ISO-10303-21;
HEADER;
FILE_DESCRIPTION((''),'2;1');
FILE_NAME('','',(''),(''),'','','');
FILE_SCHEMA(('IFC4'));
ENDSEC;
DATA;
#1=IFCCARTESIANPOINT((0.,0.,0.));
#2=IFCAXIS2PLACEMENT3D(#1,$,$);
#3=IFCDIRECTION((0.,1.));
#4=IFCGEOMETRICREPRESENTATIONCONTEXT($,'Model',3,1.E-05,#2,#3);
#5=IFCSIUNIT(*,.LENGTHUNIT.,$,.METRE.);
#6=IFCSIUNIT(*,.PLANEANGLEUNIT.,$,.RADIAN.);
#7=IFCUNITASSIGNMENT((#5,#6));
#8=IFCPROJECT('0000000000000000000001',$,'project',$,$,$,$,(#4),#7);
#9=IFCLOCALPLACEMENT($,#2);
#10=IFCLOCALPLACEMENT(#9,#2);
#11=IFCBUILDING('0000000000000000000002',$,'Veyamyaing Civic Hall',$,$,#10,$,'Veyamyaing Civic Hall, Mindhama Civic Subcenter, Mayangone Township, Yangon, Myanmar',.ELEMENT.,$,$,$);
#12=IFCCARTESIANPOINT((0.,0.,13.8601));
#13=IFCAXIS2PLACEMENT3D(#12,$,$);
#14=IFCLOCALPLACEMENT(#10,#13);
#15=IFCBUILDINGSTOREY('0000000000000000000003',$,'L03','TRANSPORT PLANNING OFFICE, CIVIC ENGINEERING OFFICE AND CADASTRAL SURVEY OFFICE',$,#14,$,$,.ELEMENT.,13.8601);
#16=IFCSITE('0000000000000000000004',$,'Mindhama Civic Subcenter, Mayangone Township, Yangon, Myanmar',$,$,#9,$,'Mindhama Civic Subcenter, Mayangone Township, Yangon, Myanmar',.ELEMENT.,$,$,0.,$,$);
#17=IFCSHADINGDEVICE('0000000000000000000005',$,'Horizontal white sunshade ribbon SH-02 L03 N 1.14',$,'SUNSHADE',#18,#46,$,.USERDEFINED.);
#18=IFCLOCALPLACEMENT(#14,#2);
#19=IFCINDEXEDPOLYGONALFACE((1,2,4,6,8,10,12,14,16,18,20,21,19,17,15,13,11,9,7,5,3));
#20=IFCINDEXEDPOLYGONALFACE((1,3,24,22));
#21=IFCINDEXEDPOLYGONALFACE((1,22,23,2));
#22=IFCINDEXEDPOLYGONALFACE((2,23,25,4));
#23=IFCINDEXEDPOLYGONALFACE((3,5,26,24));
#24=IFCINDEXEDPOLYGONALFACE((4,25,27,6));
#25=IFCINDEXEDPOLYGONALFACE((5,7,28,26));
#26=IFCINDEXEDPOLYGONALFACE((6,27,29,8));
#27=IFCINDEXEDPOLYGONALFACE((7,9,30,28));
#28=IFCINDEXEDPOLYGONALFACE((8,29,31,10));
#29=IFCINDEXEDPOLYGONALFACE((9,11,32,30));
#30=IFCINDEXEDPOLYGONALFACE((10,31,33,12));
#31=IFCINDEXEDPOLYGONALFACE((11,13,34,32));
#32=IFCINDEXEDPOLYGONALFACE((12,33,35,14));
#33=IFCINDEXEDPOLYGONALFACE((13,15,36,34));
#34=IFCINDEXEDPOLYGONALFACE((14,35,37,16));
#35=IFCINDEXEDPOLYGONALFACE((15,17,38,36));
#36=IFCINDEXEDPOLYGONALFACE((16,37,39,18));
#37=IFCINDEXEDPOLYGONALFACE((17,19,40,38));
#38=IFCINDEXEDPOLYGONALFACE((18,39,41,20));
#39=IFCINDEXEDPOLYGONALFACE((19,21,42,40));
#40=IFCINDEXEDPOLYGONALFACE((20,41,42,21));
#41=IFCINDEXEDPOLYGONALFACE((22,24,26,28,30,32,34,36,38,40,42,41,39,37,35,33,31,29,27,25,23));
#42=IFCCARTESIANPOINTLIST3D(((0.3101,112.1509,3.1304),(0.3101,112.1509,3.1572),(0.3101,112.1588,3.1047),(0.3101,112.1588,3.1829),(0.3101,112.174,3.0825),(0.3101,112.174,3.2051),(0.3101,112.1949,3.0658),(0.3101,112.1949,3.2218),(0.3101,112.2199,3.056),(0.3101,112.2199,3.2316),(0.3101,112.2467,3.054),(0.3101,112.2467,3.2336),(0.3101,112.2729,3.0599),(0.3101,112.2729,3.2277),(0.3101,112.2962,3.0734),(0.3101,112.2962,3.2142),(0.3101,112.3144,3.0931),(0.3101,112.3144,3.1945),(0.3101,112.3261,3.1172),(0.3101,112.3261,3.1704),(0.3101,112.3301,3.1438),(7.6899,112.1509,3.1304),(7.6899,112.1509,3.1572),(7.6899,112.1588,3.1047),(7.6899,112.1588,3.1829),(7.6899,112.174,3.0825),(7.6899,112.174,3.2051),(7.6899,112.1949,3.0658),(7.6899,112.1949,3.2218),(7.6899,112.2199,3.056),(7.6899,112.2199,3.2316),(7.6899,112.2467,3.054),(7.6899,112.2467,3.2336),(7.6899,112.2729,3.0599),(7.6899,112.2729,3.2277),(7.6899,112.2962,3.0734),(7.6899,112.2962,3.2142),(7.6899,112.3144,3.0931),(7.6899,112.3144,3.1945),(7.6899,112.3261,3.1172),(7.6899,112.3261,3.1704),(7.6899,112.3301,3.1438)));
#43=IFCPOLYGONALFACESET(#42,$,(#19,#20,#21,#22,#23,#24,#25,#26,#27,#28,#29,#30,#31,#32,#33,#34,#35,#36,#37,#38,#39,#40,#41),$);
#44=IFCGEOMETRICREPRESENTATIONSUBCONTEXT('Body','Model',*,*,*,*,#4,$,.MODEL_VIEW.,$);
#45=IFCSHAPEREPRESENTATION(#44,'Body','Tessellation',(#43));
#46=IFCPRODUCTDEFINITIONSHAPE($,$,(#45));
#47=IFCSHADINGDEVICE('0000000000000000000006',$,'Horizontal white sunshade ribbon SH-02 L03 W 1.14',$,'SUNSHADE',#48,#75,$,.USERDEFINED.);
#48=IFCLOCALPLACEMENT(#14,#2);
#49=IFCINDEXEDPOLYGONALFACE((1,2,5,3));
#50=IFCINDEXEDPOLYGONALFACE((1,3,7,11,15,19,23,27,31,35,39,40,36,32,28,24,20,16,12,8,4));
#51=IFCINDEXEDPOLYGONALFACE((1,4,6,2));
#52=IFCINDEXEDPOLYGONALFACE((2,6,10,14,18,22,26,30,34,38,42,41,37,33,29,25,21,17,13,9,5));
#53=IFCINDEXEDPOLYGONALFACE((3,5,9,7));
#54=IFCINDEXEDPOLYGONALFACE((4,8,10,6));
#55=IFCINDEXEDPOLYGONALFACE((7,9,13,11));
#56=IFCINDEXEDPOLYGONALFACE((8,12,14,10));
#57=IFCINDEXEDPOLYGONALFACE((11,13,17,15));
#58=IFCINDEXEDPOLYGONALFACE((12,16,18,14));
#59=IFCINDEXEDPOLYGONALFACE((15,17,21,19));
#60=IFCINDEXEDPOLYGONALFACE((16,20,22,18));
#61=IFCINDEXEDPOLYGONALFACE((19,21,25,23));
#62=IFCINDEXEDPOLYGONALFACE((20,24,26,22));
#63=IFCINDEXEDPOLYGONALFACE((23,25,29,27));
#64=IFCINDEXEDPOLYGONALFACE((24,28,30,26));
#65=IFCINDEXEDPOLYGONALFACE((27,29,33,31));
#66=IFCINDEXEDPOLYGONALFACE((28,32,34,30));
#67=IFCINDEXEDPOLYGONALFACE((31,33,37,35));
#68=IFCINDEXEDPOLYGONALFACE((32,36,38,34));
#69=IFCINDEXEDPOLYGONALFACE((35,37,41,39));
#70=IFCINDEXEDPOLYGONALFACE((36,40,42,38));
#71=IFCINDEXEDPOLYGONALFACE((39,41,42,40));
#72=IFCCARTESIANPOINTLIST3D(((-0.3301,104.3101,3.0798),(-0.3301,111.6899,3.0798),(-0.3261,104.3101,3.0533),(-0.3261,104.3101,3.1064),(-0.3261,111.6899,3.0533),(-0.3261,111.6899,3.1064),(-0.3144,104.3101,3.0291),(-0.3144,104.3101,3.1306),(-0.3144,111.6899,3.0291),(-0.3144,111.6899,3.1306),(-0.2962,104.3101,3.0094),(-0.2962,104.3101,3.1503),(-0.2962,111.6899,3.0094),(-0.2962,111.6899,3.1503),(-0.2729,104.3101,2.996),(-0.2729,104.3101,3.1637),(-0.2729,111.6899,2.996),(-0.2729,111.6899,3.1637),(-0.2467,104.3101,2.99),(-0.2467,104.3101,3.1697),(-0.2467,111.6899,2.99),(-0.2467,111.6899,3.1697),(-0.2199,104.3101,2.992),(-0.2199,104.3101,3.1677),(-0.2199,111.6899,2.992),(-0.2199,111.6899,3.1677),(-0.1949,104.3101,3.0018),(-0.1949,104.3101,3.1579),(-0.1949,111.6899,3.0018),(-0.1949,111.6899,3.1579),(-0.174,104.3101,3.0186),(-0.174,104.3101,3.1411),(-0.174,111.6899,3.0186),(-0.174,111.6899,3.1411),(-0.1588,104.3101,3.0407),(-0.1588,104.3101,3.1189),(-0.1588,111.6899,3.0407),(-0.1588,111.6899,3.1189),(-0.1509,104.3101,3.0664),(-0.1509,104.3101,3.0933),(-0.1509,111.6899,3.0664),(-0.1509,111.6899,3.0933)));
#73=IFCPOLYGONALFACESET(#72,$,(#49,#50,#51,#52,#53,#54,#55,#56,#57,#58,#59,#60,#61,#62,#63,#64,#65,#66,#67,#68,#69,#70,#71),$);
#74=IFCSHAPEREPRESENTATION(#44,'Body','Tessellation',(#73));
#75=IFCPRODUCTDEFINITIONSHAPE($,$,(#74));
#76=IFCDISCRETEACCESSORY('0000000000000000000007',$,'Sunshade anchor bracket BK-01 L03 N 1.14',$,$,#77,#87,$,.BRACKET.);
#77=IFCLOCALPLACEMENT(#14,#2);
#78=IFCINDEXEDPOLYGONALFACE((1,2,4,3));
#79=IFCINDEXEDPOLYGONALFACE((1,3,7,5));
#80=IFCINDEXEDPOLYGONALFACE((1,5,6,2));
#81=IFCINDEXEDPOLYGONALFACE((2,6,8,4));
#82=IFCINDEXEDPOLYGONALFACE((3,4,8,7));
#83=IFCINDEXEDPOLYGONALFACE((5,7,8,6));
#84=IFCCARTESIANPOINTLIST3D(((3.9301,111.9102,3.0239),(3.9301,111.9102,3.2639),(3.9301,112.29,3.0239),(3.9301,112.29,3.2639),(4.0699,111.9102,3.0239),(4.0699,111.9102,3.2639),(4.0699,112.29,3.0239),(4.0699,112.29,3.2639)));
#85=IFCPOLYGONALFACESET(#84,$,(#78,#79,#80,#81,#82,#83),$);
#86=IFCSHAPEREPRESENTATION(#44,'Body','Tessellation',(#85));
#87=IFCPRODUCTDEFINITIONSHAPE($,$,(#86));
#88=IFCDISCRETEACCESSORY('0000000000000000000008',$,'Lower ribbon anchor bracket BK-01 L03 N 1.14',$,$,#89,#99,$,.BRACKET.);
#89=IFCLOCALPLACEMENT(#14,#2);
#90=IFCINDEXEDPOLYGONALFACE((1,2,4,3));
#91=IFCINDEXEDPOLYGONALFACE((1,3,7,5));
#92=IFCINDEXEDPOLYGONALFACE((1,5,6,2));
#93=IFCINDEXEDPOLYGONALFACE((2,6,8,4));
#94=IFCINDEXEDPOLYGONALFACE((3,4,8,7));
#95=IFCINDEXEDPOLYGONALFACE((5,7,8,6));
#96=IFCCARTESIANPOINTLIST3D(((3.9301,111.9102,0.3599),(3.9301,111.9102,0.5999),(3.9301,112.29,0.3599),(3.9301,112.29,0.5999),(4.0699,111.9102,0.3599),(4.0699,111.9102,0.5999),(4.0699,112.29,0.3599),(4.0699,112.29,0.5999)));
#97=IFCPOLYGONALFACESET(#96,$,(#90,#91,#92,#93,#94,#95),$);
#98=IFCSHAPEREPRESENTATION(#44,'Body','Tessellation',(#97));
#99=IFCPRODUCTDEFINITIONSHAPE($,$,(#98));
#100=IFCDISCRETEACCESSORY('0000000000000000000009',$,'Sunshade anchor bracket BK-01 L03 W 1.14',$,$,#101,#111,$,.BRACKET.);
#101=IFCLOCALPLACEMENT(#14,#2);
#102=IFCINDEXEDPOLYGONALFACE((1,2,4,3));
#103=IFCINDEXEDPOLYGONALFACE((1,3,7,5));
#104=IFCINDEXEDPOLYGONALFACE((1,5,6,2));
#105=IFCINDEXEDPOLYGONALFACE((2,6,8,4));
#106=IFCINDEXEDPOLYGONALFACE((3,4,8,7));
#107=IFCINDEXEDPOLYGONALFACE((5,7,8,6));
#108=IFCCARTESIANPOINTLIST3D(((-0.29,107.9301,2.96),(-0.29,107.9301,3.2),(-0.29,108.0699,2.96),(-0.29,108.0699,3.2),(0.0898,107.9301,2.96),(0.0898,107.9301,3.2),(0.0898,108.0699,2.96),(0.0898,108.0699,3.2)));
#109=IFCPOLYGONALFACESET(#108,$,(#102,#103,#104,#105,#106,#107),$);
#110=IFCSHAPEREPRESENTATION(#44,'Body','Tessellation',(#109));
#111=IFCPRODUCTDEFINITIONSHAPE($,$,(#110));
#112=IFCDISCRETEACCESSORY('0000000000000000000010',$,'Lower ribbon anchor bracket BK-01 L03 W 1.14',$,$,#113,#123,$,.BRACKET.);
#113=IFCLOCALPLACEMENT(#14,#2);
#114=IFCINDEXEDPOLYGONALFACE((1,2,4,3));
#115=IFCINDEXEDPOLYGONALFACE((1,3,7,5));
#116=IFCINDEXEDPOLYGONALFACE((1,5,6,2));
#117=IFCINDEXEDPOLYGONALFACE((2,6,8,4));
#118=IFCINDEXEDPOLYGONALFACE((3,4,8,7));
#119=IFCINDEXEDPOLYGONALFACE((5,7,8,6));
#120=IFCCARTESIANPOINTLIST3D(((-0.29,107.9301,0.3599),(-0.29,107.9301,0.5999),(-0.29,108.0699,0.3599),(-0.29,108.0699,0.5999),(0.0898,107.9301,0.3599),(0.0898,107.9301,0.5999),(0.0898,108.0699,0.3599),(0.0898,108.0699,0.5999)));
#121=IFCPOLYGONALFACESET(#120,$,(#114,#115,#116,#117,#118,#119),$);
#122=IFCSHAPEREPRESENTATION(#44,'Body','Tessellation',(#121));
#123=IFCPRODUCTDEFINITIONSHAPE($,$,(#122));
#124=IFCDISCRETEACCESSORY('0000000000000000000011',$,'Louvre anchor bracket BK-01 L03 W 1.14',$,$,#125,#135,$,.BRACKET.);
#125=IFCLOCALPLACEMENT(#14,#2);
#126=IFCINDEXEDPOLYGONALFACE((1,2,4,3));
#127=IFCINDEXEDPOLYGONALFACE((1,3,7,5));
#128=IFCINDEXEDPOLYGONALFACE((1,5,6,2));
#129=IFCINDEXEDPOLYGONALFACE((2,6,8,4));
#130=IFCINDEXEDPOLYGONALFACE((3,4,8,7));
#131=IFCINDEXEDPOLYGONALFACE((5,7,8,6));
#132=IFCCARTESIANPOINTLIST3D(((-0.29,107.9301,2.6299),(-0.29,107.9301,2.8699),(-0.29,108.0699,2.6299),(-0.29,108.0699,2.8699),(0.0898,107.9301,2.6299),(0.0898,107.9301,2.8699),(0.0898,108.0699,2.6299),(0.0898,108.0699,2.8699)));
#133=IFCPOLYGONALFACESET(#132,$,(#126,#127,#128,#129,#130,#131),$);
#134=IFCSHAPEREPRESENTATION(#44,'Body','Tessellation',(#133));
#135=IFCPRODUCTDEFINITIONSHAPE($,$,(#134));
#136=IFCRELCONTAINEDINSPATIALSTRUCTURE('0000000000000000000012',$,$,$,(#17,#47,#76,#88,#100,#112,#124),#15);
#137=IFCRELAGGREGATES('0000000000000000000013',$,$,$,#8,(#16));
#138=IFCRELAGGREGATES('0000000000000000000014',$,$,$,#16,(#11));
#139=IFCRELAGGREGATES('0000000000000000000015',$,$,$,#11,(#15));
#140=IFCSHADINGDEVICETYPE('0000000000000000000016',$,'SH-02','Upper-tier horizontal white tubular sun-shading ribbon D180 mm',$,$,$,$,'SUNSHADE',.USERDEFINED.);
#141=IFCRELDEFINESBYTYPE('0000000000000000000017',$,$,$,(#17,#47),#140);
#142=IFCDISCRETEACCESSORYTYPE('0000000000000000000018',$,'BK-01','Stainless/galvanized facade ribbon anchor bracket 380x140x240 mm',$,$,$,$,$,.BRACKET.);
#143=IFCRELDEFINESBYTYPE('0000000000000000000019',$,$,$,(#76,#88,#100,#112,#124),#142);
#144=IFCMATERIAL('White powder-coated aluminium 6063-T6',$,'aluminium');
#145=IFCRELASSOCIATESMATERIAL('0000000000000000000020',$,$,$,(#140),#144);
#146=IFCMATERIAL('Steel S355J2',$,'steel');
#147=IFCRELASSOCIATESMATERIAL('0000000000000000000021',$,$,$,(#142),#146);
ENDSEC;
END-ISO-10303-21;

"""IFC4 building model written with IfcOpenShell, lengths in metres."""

from ifc_helpers import new_model, si_unit, direction, frame, origin, origin_2d, place, context, subcontext, project, spatial, rectangle, circle, extrude, material, material_profile, profile_set, type_object, element, save


model = new_model("IFC4")

# Units and contexts
model_context = context("Model", 3, precision=1e-05, world=origin(), true_north=direction((0.0, 1.0)))
body_context = subcontext(model_context, "Body", "Model", "MODEL_VIEW")
ifc_project = project(units=[si_unit("LENGTHUNIT", "METRE"), si_unit("PLANEANGLEUNIT", "RADIAN")], contexts=[model_context])

# Site, building, storey
site_placement = place(None, origin())
site = spatial("IfcSite", under=ifc_project, at=site_placement, Name="Mindhama Civic Subcenter, Mayangone Township, Yangon, Myanmar", LongName="Mindhama Civic Subcenter, Mayangone Township, Yangon, Myanmar", CompositionType="ELEMENT", RefElevation=0.0)
building_placement = place(site_placement, origin())
building = spatial("IfcBuilding", under=site, at=building_placement, Name="Veyamyaing Civic Hall", LongName="Veyamyaing Civic Hall, Mindhama Civic Subcenter, Mayangone Township, Yangon, Myanmar", CompositionType="ELEMENT")
storey_placement = place(building_placement, frame((0.0, 0.0, 13.8601)))
storey = spatial("IfcBuildingStorey", under=building, at=storey_placement, Name="L03", Description="TRANSPORT PLANNING OFFICE, CIVIC ENGINEERING OFFICE AND CADASTRAL SURVEY OFFICE", CompositionType="ELEMENT", Elevation=13.8601)

# Shared definitions
ifc_material_1 = material(Name="White powder-coated aluminium 6063-T6", Category="aluminium")

# Shading devices
ifc_material_profile_1 = material_profile(ifc_material_1, circle(Radius=0.0901, at=origin_2d()), Name="SHADE-TUBE-180")
ifc_profile_set_1 = profile_set([ifc_material_profile_1], Name="White powder-coated aluminium 6063-T6")
shading_device_type_1 = type_object("IfcShadingDeviceType", Name="SH-02", Description="Upper-tier horizontal white tubular sun-shading ribbon D180 mm", ElementType="SUNSHADE", PredefinedType="USERDEFINED", material=ifc_profile_set_1)
for number, where, z_axis, x_axis, name in (
    (1, (0.3101, 112.24, 3.1438), (1.0, 0.0, 0.0), (0.0, 1.0, 0.0), "Horizontal white sunshade ribbon SH-02 L03 N 1.14"),
    (2, (-0.24, 104.3101, 3.0798), (0.0, 1.0, 0.0), (-1.0, 0.0, 0.0), "Horizontal white sunshade ribbon SH-02 L03 W 1.14"),
):
    element("IfcShadingDevice", number, at=place(storey_placement, frame(where, z_axis=z_axis, x_axis=x_axis)), inside=storey, type_object=shading_device_type_1, Name=name, ObjectType="SUNSHADE", PredefinedType="USERDEFINED", context=body_context, shape_type="SweptSolid", body=[
        extrude(circle(Radius=0.0901, at=origin_2d()), origin(), (0.0, 0.0, 1.0), 7.3799),
    ])

# Discrete accessories
ifc_material_2 = material(Name="Steel S355J2", Category="steel")
discrete_accessory_type = type_object("IfcDiscreteAccessoryType", Name="BK-01", Description="Stainless/galvanized facade ribbon anchor bracket 380x140x240 mm", PredefinedType="BRACKET", material=ifc_material_2)
for number, where, z_axis, x_axis, name in (
    (3, (4.0, 112.1001, 3.0239), (0.0, 0.0, 1.0), (0.0, 1.0, 0.0), "Sunshade anchor bracket BK-01 L03 N 1.14"),
    (4, (4.0, 112.1001, 0.3599), (0.0, 0.0, 1.0), (0.0, 1.0, 0.0), "Lower ribbon anchor bracket BK-01 L03 N 1.14"),
    (5, (-0.1001, 108.0, 2.96), (0.0, 0.0, 1.0), (-1.0, 0.0, 0.0), "Sunshade anchor bracket BK-01 L03 W 1.14"),
    (6, (-0.1001, 108.0, 0.3599), (0.0, 0.0, 1.0), (-1.0, 0.0, 0.0), "Lower ribbon anchor bracket BK-01 L03 W 1.14"),
    (7, (-0.1001, 108.0, 2.6299), (0.0, 0.0, 1.0), (-1.0, 0.0, 0.0), "Louvre anchor bracket BK-01 L03 W 1.14"),
):
    element("IfcDiscreteAccessory", number, at=place(storey_placement, frame(where, z_axis=z_axis, x_axis=x_axis)), inside=storey, type_object=discrete_accessory_type, Name=name, PredefinedType="BRACKET", context=body_context, shape_type="SweptSolid", body=[
        extrude(rectangle(XDim=0.3799, YDim=0.1399, at=origin_2d()), origin(), (0.0, 0.0, 1.0), 0.24),
    ])

save(model, "model.ifc")
